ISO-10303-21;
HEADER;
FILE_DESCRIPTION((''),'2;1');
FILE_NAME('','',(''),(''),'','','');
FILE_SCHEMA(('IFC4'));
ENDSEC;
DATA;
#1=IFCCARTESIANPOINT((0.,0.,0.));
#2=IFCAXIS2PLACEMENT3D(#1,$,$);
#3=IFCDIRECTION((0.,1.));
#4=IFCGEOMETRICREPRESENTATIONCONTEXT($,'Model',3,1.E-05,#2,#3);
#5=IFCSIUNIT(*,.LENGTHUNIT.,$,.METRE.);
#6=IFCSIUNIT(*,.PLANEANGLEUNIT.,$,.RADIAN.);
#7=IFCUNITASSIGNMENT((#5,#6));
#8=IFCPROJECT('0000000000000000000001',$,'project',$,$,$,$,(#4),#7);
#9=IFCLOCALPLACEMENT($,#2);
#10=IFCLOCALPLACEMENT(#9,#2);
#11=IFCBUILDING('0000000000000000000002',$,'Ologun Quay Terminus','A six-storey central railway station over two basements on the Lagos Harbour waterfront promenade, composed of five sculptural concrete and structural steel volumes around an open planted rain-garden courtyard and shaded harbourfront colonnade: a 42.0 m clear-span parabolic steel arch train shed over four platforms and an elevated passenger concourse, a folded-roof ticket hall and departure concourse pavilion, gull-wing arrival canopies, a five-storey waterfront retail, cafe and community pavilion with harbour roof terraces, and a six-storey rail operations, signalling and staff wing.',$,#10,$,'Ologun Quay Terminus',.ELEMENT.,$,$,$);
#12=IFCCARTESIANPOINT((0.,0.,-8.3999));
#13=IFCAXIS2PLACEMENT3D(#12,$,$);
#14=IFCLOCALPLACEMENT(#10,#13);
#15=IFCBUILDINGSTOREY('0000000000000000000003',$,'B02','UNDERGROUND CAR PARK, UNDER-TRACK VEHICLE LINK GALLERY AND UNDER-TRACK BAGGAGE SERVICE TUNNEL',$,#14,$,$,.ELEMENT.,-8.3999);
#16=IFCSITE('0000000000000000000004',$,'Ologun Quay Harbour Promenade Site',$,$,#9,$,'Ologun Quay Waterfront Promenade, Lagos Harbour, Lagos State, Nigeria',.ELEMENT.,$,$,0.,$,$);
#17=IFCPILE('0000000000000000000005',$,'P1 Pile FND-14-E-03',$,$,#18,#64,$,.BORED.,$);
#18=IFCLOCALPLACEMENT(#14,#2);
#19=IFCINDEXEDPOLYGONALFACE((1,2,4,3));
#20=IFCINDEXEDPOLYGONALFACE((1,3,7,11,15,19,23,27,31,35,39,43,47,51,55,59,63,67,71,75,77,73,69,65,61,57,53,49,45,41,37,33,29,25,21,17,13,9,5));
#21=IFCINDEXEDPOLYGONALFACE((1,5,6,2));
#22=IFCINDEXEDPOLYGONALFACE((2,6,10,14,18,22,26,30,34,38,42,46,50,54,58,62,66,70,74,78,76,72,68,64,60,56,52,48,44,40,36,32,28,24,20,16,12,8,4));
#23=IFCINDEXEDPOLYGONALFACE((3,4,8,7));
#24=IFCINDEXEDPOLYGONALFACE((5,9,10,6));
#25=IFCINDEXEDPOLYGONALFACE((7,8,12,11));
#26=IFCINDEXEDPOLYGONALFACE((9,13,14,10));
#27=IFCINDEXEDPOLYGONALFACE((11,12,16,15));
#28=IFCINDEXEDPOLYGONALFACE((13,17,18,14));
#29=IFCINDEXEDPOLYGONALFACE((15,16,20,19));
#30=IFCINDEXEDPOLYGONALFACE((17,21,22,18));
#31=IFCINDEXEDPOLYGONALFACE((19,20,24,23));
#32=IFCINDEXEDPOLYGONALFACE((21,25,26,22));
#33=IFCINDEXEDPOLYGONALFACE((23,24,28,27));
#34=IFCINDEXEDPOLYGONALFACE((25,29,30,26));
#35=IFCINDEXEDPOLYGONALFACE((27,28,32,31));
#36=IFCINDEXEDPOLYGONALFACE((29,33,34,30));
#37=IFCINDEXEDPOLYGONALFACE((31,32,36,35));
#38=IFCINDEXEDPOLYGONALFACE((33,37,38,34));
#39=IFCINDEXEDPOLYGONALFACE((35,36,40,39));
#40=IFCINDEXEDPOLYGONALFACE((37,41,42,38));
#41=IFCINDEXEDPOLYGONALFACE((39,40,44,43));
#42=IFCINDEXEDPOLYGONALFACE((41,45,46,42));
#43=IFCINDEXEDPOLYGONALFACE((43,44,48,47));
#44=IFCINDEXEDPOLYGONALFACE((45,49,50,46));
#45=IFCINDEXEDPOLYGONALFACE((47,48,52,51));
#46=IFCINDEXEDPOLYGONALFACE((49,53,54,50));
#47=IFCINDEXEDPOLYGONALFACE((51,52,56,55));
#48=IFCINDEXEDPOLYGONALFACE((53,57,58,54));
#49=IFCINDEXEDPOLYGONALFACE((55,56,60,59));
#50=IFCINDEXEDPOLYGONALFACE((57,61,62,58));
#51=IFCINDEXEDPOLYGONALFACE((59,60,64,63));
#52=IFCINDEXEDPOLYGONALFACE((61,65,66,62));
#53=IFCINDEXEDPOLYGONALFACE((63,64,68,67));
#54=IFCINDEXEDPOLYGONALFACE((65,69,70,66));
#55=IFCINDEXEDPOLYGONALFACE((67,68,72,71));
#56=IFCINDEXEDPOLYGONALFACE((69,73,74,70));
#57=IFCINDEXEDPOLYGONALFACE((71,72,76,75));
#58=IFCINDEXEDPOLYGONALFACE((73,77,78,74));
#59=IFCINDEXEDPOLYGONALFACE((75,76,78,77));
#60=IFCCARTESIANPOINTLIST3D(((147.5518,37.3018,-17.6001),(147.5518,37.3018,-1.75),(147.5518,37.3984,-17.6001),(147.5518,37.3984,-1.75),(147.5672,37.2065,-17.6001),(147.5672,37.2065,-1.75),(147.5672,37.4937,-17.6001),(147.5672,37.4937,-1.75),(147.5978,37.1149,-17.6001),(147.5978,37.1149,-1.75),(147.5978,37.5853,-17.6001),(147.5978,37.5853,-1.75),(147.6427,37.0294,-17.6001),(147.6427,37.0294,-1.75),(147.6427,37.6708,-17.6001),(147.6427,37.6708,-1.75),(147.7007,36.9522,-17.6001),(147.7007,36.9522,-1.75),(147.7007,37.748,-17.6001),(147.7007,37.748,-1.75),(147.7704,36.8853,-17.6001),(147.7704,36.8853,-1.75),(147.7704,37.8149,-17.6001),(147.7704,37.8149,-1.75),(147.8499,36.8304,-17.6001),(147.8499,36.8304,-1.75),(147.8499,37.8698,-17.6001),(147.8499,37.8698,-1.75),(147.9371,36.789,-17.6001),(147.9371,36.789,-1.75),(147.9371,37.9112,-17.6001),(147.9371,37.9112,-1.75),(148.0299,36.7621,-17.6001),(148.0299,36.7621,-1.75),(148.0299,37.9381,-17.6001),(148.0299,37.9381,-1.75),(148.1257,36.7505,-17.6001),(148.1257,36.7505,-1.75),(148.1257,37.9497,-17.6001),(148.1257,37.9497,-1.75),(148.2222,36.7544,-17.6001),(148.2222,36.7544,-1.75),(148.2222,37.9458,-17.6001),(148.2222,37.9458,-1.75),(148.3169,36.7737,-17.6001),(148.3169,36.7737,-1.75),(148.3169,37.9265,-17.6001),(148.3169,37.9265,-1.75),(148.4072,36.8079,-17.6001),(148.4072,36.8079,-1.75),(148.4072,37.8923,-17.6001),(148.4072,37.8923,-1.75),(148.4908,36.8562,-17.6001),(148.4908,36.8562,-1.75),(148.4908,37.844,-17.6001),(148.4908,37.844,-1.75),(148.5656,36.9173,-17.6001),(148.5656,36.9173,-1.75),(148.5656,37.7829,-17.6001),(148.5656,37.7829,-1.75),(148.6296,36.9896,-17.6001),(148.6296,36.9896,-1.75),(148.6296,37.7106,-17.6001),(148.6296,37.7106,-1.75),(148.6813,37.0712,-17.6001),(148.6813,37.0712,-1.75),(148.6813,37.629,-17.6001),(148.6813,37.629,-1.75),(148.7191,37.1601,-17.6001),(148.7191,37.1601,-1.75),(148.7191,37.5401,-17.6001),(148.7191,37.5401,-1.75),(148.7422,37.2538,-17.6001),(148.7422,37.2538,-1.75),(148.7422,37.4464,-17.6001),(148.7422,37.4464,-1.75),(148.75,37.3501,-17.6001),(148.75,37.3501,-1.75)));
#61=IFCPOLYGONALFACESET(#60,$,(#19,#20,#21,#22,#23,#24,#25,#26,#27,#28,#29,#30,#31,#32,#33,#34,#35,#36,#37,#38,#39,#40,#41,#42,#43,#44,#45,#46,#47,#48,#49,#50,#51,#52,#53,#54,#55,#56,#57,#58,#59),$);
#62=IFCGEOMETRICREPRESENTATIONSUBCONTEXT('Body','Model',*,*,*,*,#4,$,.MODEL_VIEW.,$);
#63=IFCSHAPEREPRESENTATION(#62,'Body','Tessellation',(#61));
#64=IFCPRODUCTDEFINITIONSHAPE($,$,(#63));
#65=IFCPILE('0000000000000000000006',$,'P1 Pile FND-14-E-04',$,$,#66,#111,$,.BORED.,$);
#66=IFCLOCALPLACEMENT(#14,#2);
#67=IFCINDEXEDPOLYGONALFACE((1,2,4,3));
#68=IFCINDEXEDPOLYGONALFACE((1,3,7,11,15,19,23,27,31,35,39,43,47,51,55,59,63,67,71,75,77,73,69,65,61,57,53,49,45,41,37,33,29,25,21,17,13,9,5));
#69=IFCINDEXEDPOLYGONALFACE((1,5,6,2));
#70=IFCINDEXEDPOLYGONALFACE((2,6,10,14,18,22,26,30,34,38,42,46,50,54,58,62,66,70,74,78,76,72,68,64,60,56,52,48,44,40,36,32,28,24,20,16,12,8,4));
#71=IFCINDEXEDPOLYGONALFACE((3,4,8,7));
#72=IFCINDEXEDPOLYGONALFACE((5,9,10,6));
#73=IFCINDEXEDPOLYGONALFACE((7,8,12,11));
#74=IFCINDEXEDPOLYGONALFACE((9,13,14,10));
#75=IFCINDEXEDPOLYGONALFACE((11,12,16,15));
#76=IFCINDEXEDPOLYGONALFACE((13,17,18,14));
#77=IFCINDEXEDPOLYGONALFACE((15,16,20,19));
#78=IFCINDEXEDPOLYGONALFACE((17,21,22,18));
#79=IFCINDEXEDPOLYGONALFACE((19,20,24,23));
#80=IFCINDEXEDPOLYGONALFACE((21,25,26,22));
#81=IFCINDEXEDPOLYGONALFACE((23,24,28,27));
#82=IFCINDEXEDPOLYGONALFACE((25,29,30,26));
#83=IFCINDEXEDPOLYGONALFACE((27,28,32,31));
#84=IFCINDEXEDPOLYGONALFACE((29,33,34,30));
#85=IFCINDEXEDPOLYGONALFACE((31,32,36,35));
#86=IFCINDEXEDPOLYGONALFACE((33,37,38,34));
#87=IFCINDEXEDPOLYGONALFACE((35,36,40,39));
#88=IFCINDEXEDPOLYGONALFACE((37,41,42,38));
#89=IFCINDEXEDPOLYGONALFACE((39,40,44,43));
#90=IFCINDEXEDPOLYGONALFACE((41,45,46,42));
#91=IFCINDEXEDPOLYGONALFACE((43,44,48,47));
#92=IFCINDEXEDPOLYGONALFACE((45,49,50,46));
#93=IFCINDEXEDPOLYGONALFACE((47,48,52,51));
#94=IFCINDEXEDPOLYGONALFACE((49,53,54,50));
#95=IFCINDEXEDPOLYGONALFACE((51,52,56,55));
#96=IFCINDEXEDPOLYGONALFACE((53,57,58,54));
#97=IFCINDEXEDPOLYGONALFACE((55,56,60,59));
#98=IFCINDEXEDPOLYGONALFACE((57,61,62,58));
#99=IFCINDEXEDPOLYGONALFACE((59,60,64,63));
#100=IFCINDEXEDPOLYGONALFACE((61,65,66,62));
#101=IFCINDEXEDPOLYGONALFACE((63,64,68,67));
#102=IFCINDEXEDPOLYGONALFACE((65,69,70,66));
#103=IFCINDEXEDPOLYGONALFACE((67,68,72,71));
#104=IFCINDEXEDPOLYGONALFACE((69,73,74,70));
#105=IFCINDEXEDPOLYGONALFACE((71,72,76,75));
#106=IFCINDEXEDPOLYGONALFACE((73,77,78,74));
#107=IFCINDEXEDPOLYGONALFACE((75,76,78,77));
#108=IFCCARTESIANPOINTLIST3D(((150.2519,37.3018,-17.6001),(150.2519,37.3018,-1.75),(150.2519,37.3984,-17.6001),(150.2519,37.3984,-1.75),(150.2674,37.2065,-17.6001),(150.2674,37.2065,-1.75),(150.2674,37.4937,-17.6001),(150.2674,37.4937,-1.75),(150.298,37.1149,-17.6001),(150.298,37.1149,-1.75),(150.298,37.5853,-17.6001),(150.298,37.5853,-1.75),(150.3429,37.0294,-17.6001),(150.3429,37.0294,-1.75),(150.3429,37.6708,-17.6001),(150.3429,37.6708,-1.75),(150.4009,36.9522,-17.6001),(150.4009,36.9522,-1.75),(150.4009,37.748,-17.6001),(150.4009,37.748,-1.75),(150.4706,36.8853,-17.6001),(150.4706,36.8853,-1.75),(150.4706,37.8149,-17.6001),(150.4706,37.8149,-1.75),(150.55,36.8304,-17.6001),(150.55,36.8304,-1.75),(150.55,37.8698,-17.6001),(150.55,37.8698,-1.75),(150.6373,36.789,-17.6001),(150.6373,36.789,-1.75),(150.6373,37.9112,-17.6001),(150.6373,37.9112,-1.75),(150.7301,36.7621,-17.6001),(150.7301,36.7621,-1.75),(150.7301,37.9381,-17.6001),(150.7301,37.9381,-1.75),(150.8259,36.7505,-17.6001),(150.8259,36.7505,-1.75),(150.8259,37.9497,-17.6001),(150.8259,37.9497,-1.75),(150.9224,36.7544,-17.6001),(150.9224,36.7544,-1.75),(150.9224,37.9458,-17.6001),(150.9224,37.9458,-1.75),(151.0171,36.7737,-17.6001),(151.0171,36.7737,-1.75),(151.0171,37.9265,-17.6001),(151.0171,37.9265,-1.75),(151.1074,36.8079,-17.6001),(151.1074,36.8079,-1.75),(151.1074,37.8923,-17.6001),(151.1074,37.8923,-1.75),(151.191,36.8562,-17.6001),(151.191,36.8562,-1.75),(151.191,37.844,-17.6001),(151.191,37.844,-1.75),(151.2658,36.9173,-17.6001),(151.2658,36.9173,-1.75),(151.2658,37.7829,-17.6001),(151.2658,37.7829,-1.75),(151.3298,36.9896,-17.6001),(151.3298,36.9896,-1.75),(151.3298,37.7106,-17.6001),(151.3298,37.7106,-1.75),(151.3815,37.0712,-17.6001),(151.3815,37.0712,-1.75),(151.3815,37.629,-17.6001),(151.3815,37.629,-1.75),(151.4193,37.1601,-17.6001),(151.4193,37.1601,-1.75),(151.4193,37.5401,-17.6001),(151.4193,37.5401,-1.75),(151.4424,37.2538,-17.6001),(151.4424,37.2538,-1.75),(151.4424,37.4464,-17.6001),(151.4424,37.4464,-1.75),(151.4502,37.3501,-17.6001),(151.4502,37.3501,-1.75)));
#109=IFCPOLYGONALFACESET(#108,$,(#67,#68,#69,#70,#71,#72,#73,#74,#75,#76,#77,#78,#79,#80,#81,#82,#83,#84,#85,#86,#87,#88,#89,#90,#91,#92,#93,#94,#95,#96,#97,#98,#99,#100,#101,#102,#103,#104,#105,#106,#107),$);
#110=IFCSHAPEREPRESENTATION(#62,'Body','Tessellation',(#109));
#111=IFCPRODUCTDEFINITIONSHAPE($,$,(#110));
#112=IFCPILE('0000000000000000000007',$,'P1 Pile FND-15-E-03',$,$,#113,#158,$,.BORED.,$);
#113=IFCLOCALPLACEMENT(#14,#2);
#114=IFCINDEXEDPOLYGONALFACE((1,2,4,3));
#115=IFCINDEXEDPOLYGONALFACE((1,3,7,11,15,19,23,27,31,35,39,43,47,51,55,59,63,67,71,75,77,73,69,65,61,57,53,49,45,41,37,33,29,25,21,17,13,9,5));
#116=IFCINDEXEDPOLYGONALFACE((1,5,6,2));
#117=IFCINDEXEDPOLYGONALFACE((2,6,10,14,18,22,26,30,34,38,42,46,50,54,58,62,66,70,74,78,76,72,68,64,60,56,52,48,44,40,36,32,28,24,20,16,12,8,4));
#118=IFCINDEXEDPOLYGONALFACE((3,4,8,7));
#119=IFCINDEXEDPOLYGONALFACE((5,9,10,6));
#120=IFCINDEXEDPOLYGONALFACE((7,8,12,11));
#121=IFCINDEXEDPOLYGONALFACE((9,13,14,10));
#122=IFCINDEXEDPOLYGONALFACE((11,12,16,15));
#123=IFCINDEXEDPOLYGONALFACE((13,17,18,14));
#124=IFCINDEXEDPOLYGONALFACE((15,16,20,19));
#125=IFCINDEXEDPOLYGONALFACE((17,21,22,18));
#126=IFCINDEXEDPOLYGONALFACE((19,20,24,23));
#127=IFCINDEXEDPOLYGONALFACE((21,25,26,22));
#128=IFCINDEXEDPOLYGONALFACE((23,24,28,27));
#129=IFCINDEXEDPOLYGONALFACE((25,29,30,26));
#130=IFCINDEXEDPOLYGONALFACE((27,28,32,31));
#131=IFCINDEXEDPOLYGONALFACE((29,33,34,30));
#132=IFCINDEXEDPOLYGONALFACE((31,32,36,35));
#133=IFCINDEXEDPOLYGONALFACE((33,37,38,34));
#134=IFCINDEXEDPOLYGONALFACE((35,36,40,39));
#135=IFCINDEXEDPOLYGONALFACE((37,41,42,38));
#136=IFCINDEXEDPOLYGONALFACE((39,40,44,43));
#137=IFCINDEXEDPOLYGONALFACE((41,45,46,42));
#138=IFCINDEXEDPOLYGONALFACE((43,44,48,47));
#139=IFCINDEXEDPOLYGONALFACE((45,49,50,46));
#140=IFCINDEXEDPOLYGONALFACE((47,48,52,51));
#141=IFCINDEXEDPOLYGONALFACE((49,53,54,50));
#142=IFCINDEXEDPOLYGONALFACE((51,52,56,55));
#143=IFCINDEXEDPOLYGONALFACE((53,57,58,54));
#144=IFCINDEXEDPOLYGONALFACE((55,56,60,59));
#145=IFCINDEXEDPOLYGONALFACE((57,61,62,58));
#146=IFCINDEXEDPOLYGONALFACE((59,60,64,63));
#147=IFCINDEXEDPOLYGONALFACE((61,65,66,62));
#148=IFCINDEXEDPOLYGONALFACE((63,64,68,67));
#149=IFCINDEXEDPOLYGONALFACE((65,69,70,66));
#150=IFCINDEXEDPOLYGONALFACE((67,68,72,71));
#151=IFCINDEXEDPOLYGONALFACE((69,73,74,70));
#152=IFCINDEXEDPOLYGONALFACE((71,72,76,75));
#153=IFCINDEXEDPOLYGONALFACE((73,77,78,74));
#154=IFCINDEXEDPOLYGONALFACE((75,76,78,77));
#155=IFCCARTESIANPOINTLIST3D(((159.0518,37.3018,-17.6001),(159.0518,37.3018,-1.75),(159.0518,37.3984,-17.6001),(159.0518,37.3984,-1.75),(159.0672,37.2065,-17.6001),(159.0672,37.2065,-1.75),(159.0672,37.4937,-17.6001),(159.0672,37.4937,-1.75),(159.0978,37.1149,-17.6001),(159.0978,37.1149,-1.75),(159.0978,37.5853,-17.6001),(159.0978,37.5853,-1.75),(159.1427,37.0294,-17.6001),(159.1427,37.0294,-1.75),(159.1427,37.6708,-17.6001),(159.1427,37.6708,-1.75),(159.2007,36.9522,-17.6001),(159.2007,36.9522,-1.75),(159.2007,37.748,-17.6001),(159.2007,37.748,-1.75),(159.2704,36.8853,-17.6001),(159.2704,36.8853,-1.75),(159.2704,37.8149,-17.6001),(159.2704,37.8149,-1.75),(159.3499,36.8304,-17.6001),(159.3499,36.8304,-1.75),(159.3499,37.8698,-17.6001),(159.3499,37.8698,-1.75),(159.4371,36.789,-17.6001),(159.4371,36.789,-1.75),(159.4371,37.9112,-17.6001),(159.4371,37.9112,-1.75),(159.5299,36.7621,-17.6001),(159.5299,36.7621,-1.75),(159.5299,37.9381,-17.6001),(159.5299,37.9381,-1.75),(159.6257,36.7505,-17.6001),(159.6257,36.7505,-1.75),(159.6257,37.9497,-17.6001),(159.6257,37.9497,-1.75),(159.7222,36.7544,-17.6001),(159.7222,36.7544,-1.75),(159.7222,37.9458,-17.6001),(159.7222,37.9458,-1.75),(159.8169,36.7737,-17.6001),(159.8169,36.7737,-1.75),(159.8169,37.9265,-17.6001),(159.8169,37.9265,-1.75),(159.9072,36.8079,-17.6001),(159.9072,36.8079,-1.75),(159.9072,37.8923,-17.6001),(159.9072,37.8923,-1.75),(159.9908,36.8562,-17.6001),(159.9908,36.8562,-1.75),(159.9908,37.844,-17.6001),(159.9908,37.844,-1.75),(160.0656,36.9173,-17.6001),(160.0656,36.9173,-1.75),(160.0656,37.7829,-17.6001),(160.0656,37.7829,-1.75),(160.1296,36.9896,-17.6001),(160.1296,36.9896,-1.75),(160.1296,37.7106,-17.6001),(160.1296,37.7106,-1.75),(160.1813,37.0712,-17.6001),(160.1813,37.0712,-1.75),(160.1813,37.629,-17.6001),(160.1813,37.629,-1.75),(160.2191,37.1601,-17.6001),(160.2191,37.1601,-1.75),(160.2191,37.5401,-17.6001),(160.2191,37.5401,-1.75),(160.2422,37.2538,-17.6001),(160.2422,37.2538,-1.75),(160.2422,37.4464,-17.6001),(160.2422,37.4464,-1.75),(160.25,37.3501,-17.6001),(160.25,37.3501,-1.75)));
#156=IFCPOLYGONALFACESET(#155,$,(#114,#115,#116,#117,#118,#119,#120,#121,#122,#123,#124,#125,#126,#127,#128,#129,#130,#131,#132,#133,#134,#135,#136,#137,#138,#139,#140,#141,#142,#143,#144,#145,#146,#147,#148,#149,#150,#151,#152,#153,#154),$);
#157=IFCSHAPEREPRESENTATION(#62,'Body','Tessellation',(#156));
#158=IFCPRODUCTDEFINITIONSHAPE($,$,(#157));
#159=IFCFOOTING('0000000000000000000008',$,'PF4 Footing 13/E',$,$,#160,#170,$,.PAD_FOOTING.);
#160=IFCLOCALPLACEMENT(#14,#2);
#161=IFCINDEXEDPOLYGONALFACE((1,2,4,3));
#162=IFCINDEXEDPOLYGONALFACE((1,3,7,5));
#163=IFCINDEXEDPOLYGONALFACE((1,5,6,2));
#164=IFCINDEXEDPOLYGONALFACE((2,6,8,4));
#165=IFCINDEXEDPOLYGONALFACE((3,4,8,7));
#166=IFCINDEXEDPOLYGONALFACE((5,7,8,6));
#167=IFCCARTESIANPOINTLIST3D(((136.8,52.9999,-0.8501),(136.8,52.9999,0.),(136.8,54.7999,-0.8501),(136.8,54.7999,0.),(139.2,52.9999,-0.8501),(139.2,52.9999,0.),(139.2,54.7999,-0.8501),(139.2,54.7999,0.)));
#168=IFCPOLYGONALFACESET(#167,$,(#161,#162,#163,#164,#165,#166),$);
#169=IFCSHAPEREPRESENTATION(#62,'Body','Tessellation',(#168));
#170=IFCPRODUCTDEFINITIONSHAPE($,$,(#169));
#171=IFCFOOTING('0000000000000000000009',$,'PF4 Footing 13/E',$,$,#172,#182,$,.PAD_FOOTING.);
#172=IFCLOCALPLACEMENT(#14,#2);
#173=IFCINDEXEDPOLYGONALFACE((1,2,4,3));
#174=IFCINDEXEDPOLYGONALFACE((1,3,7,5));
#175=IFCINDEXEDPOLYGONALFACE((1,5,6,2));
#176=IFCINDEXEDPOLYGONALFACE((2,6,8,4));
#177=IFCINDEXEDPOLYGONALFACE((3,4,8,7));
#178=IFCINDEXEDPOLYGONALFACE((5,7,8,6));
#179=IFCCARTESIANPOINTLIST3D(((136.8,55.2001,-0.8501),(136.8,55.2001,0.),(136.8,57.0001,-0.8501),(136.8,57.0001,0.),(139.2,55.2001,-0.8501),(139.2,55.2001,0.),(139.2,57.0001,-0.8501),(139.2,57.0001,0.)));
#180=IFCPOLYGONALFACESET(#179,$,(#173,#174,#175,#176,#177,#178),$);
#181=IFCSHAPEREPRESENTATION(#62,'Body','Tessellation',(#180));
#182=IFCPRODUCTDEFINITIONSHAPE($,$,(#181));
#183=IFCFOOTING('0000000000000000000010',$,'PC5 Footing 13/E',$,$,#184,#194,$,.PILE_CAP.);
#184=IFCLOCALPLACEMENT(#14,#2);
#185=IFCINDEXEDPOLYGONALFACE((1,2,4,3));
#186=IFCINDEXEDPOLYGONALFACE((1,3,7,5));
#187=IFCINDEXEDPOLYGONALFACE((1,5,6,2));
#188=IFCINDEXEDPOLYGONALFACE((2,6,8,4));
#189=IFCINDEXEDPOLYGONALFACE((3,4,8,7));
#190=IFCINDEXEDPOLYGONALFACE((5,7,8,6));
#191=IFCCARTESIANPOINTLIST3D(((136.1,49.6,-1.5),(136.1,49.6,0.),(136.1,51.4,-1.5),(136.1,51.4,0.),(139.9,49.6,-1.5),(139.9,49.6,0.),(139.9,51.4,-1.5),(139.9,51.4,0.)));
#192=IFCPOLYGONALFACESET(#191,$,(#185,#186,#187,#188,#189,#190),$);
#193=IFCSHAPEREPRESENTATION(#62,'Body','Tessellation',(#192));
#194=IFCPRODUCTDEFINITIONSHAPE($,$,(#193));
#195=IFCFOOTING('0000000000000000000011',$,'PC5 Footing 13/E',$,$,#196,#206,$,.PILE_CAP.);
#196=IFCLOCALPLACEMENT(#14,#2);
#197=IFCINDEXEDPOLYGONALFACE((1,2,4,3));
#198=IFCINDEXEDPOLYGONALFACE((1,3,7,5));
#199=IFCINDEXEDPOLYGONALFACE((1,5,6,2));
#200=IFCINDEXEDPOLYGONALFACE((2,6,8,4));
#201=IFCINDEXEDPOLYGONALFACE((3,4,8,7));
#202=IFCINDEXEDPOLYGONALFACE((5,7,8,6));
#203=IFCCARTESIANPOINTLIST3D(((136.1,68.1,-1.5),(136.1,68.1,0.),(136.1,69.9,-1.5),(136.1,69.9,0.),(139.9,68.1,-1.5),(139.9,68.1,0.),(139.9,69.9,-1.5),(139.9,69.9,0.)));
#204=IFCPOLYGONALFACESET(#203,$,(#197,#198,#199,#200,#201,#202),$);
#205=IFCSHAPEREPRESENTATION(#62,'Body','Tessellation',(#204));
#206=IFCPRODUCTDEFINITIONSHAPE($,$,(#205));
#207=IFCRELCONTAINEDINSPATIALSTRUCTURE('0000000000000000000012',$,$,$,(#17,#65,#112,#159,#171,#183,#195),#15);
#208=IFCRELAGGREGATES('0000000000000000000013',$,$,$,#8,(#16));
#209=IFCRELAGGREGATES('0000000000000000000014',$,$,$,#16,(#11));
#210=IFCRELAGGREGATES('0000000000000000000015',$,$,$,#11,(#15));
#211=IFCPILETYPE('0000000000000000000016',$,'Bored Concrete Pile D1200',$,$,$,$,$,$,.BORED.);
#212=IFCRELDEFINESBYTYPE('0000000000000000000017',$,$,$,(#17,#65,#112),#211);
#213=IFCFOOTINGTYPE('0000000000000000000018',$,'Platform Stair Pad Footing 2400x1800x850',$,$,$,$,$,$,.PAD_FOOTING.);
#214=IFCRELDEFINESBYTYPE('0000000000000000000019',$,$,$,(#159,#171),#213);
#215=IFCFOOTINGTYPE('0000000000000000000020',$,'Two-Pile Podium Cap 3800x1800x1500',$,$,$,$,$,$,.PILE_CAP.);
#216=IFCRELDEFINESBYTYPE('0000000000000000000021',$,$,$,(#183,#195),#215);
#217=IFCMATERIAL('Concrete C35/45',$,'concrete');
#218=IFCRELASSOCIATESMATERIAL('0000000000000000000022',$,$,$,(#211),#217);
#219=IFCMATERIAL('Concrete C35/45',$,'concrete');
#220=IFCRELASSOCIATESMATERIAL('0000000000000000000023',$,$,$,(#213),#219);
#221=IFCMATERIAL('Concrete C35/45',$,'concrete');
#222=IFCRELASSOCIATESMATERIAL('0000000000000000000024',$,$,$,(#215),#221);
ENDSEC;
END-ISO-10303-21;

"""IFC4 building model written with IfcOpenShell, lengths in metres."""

from ifc_helpers import new_model, si_unit, direction, frame, origin, origin_2d, place, context, subcontext, project, spatial, rectangle, circle, extrude, material, material_profile, profile_set, type_object, element, save


model = new_model("IFC4")

# Units and contexts
model_context = context("Model", 3, precision=1e-05, world=origin(), true_north=direction((0.0, 1.0)))
body_context = subcontext(model_context, "Body", "Model", "MODEL_VIEW")
ifc_project = project(units=[si_unit("LENGTHUNIT", "METRE"), si_unit("PLANEANGLEUNIT", "RADIAN")], contexts=[model_context])

# Site, building, storey
site_placement = place(None, origin())
site = spatial("IfcSite", under=ifc_project, at=site_placement, Name="Ologun Quay Harbour Promenade Site", LongName="Ologun Quay Waterfront Promenade, Lagos Harbour, Lagos State, Nigeria", CompositionType="ELEMENT", RefElevation=0.0)
building_placement = place(site_placement, origin())
building = spatial("IfcBuilding", under=site, at=building_placement, Name="Ologun Quay Terminus", Description="A six-storey central railway station over two basements on the Lagos Harbour waterfront promenade, composed of five sculptural concrete and structural steel volumes around an open planted rain-garden courtyard and shaded harbourfront colonnade: a 42.0 m clear-span parabolic steel arch train shed over four platforms and an elevated passenger concourse, a folded-roof ticket hall and departure concourse pavilion, gull-wing arrival canopies, a five-storey waterfront retail, cafe and community pavilion with harbour roof terraces, and a six-storey rail operations, signalling and staff wing.", LongName="Ologun Quay Terminus", CompositionType="ELEMENT")
storey_placement = place(building_placement, frame((0.0, 0.0, -8.3999)))
storey = spatial("IfcBuildingStorey", under=building, at=storey_placement, Name="B02", Description="UNDERGROUND CAR PARK, UNDER-TRACK VEHICLE LINK GALLERY AND UNDER-TRACK BAGGAGE SERVICE TUNNEL", CompositionType="ELEMENT", Elevation=-8.3999)

# Piles
ifc_material_1 = material(Name="Concrete C35/45", Category="concrete")
ifc_material_profile_1 = material_profile(ifc_material_1, circle(Radius=0.6001, at=origin_2d()), Name="PILE D1200")
ifc_profile_set_1 = profile_set([ifc_material_profile_1], Name="Concrete C35/45")
pile_type_1 = type_object("IfcPileType", Name="Bored Concrete Pile D1200", PredefinedType="BORED", material=ifc_profile_set_1)
for number, where, z_axis, x_axis, name in (
    (1, (148.1499, 37.3501, -1.75), (0.0, 0.0, -1.0), (1.0, 0.0, 0.0), "P1 Pile FND-14-E-03"),
    (2, (150.8501, 37.3501, -1.75), (0.0, 0.0, -1.0), (1.0, 0.0, 0.0), "P1 Pile FND-14-E-04"),
    (3, (159.6499, 37.3501, -1.75), (0.0, 0.0, -1.0), (1.0, 0.0, 0.0), "P1 Pile FND-15-E-03"),
):
    element("IfcPile", number, at=place(storey_placement, frame(where, z_axis=z_axis, x_axis=x_axis)), inside=storey, type_object=pile_type_1, Name=name, PredefinedType="BORED", context=body_context, shape_type="SweptSolid", body=[
        extrude(circle(Radius=0.6001, at=origin_2d()), origin(), (0.0, 0.0, 1.0), 15.8501),
    ])

# Footings
ifc_material_2 = material(Name="Concrete C35/45", Category="concrete")
footing_type_1 = type_object("IfcFootingType", Name="Platform Stair Pad Footing 2400x1800x850", PredefinedType="PAD_FOOTING", material=ifc_material_2)
for number, where, z_axis, x_axis, name in (
    (4, (138.0, 53.8999, -0.8501), (0.0, 0.0, 1.0), (1.0, 0.0, 0.0), "PF4 Footing 13/E"),
    (5, (138.0, 56.1001, -0.8501), (0.0, 0.0, 1.0), (1.0, 0.0, 0.0), "PF4 Footing 13/E"),
):
    element("IfcFooting", number, at=place(storey_placement, frame(where, z_axis=z_axis, x_axis=x_axis)), inside=storey, type_object=footing_type_1, Name=name, PredefinedType="PAD_FOOTING", context=body_context, shape_type="SweptSolid", body=[
        extrude(rectangle(XDim=2.3999, YDim=1.8, at=origin_2d()), origin(), (0.0, 0.0, 1.0), 0.8501),
    ])
ifc_material_3 = material(Name="Concrete C35/45", Category="concrete")
footing_type_2 = type_object("IfcFootingType", Name="Two-Pile Podium Cap 3800x1800x1500", PredefinedType="PILE_CAP", material=ifc_material_3)
for number, where, z_axis, x_axis, name in (
    (6, (138.0, 50.5, -1.5), (0.0, 0.0, 1.0), (1.0, 0.0, 0.0), "PC5 Footing 13/E"),
    (7, (138.0, 69.0, -1.5), (0.0, 0.0, 1.0), (1.0, 0.0, 0.0), "PC5 Footing 13/E"),
):
    element("IfcFooting", number, at=place(storey_placement, frame(where, z_axis=z_axis, x_axis=x_axis)), inside=storey, type_object=footing_type_2, Name=name, PredefinedType="PILE_CAP", context=body_context, shape_type="SweptSolid", body=[
        extrude(rectangle(XDim=3.8, YDim=1.8, at=origin_2d()), origin(), (0.0, 0.0, 1.0), 1.5),
    ])

save(model, "model.ifc")
